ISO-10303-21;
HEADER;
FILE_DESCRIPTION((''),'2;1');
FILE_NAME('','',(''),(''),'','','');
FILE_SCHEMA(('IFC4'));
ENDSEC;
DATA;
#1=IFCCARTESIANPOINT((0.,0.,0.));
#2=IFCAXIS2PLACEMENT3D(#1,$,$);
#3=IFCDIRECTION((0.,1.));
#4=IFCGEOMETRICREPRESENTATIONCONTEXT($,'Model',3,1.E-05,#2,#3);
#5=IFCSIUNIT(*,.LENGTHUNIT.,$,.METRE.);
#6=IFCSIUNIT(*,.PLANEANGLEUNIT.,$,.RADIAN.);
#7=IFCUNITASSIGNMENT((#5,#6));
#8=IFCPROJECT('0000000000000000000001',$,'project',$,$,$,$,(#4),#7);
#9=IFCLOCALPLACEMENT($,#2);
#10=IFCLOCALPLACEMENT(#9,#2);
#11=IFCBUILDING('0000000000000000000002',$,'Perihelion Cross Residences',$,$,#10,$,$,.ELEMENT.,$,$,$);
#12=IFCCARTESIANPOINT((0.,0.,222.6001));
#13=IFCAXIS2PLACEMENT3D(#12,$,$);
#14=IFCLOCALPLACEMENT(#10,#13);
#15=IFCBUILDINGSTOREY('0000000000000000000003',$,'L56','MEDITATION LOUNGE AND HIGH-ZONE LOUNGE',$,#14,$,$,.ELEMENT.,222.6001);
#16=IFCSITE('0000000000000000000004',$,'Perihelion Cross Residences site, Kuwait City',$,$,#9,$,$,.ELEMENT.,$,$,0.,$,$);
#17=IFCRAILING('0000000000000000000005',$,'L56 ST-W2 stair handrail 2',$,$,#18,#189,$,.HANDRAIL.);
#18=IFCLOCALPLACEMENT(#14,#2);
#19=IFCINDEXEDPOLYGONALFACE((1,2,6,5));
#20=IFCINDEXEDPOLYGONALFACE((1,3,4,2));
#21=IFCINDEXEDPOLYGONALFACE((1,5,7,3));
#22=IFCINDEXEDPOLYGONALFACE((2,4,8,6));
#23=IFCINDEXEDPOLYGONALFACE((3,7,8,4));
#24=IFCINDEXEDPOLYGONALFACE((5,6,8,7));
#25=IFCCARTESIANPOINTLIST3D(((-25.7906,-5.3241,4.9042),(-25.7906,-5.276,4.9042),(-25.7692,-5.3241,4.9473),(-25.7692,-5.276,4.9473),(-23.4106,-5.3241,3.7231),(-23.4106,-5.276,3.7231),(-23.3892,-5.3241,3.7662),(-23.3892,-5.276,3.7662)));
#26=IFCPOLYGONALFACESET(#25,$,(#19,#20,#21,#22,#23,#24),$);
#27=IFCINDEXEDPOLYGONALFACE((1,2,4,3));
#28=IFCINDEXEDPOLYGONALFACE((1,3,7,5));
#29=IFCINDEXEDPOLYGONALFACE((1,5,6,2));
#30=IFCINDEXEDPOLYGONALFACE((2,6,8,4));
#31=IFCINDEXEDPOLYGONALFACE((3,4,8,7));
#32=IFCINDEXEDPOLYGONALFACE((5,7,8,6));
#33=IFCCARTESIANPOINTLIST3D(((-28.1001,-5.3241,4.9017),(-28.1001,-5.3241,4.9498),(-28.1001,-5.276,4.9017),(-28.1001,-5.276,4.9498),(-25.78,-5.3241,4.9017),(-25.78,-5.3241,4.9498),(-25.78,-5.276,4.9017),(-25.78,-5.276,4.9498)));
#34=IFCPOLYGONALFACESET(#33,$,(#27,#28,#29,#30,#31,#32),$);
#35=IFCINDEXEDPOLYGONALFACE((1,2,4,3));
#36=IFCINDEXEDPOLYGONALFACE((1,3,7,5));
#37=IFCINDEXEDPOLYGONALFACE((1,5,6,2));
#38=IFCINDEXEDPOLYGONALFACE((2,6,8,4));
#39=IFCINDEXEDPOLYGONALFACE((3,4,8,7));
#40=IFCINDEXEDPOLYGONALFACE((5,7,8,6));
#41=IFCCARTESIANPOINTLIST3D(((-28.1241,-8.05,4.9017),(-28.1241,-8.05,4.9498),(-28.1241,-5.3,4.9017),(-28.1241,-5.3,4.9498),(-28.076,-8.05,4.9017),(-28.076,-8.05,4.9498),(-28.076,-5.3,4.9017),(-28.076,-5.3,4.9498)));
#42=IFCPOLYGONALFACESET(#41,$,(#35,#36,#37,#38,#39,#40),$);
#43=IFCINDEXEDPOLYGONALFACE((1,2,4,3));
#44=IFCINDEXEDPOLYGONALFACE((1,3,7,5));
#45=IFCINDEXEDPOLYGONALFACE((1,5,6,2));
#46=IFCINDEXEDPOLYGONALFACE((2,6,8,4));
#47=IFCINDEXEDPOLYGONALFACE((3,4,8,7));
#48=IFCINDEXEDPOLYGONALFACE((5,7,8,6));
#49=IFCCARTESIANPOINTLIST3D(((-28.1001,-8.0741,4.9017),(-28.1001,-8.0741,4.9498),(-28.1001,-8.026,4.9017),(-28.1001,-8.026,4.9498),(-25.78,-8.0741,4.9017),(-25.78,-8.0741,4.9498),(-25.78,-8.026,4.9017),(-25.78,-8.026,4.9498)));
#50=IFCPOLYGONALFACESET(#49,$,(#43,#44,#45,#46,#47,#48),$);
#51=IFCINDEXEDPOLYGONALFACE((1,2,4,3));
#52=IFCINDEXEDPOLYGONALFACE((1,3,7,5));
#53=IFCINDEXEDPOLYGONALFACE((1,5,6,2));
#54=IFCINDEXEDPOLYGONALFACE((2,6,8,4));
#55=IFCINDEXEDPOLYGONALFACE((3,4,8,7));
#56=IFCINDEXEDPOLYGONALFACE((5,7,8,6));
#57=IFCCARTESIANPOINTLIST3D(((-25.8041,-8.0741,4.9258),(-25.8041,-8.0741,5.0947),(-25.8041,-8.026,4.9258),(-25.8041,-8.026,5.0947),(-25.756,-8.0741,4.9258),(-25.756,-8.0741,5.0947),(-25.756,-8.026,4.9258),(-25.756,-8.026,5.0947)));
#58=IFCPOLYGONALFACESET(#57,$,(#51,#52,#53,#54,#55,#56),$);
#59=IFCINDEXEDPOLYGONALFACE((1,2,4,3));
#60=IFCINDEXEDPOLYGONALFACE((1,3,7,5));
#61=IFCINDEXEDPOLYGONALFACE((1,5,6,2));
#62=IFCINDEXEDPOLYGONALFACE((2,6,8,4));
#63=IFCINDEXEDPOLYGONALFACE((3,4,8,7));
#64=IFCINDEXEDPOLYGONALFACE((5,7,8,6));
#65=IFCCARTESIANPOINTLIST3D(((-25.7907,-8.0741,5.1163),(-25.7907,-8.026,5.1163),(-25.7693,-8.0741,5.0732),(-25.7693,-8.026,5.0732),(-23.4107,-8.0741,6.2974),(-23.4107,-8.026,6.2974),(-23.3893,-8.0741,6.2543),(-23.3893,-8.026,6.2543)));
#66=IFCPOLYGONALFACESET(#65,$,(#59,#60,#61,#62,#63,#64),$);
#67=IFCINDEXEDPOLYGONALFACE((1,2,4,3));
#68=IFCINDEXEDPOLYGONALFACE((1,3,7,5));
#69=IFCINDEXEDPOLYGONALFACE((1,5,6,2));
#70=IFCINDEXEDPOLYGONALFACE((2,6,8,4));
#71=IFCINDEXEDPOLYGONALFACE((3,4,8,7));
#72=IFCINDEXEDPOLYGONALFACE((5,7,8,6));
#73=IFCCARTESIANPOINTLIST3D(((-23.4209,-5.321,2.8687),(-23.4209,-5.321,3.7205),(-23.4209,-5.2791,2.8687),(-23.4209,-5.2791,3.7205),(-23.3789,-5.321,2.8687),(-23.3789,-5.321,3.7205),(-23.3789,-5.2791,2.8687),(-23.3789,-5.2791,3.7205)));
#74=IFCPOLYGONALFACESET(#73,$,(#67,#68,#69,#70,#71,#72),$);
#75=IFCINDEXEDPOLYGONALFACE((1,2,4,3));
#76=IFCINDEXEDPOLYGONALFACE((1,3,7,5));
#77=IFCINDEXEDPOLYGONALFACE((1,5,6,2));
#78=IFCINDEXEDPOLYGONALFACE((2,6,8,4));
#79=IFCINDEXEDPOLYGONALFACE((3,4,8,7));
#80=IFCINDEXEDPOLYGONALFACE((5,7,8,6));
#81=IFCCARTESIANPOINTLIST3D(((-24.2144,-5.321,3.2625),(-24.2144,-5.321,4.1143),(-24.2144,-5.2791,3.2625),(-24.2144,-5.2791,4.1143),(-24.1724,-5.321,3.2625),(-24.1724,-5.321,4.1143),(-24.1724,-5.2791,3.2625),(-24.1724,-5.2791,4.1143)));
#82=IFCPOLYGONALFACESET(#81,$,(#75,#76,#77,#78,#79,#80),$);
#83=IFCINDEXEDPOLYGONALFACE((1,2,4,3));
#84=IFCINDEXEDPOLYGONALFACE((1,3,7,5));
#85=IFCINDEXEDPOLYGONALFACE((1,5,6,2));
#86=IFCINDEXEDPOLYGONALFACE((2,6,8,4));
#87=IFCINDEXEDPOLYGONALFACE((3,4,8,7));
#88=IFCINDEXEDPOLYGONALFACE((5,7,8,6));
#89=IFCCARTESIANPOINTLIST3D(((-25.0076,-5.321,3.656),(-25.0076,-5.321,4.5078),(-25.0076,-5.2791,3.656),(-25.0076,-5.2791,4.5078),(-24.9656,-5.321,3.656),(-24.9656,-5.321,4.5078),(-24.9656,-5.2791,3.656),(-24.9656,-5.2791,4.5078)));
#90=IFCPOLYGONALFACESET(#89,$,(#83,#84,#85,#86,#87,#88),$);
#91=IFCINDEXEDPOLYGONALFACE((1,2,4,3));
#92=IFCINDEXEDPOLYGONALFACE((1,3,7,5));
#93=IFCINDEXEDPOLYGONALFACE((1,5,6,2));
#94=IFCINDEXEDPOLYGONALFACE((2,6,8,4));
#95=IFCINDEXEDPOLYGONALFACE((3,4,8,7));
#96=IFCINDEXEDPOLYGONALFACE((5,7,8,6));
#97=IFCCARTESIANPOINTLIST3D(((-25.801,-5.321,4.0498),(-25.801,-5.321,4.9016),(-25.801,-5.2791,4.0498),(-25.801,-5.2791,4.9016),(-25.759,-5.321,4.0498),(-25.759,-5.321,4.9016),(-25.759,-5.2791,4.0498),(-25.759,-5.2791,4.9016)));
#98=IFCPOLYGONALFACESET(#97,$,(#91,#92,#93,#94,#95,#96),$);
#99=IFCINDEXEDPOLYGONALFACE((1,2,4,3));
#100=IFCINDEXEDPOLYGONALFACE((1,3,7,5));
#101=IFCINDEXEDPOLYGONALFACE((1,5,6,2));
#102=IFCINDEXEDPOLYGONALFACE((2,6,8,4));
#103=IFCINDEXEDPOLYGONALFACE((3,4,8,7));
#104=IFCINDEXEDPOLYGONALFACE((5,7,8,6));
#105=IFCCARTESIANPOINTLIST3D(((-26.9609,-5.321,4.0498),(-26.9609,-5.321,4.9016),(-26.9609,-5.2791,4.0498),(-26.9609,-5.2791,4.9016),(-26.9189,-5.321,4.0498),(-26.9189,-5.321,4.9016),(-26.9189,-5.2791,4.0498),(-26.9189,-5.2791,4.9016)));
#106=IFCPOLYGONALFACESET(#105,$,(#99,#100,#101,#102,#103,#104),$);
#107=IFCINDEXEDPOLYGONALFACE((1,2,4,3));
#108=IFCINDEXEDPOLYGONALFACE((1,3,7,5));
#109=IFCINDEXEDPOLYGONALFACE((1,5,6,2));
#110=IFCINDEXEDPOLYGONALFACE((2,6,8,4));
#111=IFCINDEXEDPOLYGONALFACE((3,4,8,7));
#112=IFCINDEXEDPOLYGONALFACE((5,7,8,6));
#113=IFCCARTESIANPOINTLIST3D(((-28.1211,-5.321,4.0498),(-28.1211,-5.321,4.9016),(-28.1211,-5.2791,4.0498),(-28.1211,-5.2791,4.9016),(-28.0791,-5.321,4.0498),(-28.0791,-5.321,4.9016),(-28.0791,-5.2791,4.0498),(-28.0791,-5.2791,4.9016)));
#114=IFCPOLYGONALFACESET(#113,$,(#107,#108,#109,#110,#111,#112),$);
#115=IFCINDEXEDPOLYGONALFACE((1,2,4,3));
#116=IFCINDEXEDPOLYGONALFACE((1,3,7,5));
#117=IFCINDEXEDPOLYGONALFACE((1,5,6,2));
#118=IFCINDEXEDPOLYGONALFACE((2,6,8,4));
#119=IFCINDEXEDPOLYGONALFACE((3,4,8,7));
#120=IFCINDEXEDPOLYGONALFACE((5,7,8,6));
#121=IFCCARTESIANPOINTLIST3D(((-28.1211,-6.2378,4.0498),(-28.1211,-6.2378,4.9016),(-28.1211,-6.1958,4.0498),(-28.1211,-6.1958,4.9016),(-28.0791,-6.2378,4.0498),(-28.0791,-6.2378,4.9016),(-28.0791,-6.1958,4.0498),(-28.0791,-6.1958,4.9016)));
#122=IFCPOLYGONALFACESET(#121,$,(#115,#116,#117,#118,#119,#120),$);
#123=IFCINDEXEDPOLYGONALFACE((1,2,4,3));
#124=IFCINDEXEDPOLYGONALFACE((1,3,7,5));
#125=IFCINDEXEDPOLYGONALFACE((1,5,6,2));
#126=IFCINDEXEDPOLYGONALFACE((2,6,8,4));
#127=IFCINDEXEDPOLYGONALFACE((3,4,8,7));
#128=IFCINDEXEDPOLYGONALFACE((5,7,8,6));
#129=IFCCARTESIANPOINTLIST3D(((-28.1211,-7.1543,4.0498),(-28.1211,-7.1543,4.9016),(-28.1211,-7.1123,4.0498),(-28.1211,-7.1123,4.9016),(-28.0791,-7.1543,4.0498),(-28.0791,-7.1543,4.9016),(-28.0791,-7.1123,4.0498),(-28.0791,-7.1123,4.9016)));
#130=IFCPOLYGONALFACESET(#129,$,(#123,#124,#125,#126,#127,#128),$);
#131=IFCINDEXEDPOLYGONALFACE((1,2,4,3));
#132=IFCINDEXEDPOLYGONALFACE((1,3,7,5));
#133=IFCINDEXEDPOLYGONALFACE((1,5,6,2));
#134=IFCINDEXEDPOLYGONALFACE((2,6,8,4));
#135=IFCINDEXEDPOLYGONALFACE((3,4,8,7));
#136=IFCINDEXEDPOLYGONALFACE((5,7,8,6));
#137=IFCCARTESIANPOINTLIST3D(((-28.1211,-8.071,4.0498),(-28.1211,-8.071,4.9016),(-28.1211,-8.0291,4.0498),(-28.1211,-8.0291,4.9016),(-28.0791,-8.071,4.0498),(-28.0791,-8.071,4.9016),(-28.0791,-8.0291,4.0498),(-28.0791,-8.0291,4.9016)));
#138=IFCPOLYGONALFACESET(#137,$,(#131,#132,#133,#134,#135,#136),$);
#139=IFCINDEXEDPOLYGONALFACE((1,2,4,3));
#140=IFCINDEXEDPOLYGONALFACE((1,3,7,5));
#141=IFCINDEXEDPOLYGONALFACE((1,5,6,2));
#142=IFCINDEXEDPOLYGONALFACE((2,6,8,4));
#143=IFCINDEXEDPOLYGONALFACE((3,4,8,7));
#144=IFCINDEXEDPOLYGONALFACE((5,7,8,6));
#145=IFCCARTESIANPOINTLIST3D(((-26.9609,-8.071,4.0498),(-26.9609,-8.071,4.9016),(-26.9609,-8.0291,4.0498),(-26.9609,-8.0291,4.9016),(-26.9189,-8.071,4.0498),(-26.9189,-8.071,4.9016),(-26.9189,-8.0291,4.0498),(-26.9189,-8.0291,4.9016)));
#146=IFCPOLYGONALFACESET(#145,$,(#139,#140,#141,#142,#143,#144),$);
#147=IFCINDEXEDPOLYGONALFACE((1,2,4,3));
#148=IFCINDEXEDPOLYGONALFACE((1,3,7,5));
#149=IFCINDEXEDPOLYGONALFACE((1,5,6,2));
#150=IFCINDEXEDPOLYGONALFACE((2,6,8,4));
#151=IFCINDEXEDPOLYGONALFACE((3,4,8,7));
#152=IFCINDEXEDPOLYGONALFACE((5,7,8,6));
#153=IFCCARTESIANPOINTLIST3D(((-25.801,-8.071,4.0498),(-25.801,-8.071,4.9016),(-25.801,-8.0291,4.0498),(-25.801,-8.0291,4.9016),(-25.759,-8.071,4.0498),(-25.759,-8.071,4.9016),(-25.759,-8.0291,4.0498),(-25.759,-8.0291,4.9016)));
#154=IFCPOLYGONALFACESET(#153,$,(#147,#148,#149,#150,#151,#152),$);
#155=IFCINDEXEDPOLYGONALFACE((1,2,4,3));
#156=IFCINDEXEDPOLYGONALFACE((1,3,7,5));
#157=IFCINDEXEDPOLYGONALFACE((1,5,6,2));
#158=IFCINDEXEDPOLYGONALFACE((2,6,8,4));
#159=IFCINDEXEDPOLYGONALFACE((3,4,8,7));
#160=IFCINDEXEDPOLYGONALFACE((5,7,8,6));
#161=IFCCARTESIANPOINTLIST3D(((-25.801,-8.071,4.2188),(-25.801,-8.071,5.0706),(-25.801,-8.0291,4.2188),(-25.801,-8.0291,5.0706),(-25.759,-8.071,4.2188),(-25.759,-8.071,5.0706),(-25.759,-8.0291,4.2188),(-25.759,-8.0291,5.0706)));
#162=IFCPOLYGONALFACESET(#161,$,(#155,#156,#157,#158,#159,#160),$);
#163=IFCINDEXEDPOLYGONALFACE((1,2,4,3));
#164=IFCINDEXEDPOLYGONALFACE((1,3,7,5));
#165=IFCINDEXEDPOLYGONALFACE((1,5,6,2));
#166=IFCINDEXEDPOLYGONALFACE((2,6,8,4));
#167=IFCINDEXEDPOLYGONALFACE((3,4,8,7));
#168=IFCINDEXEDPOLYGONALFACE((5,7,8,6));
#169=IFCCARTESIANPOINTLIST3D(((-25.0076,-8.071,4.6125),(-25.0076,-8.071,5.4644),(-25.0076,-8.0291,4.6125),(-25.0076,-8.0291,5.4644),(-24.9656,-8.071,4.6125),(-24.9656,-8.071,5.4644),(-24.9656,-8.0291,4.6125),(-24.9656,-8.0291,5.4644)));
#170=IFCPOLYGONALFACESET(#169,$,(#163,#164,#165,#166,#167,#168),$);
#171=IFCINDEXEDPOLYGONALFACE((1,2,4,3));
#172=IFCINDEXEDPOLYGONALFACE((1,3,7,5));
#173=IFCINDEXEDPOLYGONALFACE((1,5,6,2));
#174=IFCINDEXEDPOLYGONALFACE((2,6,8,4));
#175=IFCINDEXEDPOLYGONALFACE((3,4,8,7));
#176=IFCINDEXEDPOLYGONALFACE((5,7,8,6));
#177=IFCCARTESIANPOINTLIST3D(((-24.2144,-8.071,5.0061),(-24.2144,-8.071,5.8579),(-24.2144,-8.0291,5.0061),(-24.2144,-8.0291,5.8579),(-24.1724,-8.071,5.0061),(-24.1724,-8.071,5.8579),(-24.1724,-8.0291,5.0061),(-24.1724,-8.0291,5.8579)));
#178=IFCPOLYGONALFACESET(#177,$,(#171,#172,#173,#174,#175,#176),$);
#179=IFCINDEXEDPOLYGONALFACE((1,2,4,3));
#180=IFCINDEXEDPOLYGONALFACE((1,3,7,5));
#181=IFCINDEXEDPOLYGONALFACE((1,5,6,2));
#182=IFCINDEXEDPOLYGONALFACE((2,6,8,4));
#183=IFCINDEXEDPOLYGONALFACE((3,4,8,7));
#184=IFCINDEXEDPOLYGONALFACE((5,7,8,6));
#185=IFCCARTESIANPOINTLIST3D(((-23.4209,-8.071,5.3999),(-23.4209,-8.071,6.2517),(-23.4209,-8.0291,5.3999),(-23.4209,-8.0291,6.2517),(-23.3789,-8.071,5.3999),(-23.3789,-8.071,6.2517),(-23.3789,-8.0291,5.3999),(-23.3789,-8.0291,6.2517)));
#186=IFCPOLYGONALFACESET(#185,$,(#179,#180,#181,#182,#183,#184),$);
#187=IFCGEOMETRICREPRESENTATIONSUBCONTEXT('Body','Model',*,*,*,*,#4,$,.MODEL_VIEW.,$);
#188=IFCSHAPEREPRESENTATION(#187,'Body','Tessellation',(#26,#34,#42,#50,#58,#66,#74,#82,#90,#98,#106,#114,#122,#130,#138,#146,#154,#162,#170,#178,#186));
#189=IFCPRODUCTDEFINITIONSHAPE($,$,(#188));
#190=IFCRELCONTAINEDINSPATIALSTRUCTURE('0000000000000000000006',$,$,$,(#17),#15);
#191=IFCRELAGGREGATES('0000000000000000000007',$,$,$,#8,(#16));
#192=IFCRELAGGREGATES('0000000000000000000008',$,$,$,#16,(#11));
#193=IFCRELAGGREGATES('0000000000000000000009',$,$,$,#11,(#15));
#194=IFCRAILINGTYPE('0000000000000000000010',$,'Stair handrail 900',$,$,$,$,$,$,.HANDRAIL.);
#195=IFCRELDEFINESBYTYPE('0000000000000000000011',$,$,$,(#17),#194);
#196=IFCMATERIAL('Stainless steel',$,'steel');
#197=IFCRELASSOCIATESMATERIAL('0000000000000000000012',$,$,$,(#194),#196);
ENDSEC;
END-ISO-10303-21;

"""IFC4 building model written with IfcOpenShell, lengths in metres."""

from ifc_helpers import new_model, si_unit, direction, frame, origin, origin_2d, place, context, subcontext, project, spatial, rectangle, extrude, material, type_object, element, save


model = new_model("IFC4")

# Units and contexts
model_context = context("Model", 3, precision=1e-05, world=origin(), true_north=direction((0.0, 1.0)))
body_context = subcontext(model_context, "Body", "Model", "MODEL_VIEW")
ifc_project = project(units=[si_unit("LENGTHUNIT", "METRE"), si_unit("PLANEANGLEUNIT", "RADIAN")], contexts=[model_context])

# Site, building, storey
site_placement = place(None, origin())
site = spatial("IfcSite", under=ifc_project, at=site_placement, Name="Perihelion Cross Residences site, Kuwait City", CompositionType="ELEMENT", RefElevation=0.0)
building_placement = place(site_placement, origin())
building = spatial("IfcBuilding", under=site, at=building_placement, Name="Perihelion Cross Residences", CompositionType="ELEMENT")
storey_placement = place(building_placement, frame((0.0, 0.0, 222.6001)))
storey = spatial("IfcBuildingStorey", under=building, at=storey_placement, Name="L56", Description="MEDITATION LOUNGE AND HIGH-ZONE LOUNGE", CompositionType="ELEMENT", Elevation=222.6001)

# Railing
ifc_material_1 = material(Name="Stainless steel", Category="steel")
railing_type_1 = type_object("IfcRailingType", Name="Stair handrail 900", PredefinedType="HANDRAIL", material=ifc_material_1)
railing_1_placement = place(storey_placement, frame((-23.3999, -5.3, 2.8687)))
element("IfcRailing", 1, at=railing_1_placement, inside=storey, type_object=railing_type_1, Name="L56 ST-W2 stair handrail 2", PredefinedType="HANDRAIL", context=body_context, shape_type="SweptSolid", body=[
    extrude(rectangle(XDim=0.0481, YDim=0.0481, at=origin_2d()), frame((0.0, 0.0, 0.876), z_axis=(-0.895765, 0.0, 0.444529), x_axis=(0.0, -1.0, 0.0)), (0.0, 0.0, 1.0), 2.657),
    extrude(rectangle(XDim=0.0481, YDim=0.0481, at=origin_2d()), frame((-2.3801, 0.0, 2.0571), z_axis=(-1.0, 0.0, 0.0), x_axis=(0.0, -1.0, 0.0)), (0.0, 0.0, 1.0), 2.3201),
    extrude(rectangle(XDim=0.0481, YDim=0.0481, at=origin_2d()), frame((-4.7002, 0.0, 2.0571), z_axis=(0.0, -1.0, 0.0), x_axis=(1.0, 0.0, 0.0)), (0.0, 0.0, 1.0), 2.75),
    extrude(rectangle(XDim=0.0481, YDim=0.0481, at=origin_2d()), frame((-4.7002, -2.75, 2.0571), z_axis=(1.0, 0.0, 0.0), x_axis=(0.0, 1.0, 0.0)), (0.0, 0.0, 1.0), 2.3201),
    extrude(rectangle(XDim=0.0481, YDim=0.0481, at=origin_2d()), frame((-2.3801, -2.75, 2.0571), z_axis=(0.0, 0.0, 1.0), x_axis=(1.0, 0.0, 0.0)), (0.0, 0.0, 1.0), 0.1689),
    extrude(rectangle(XDim=0.0481, YDim=0.0481, at=origin_2d()), frame((-2.3801, -2.75, 2.2261), z_axis=(0.895765, 0.0, 0.444529), x_axis=(0.0, 1.0, 0.0)), (0.0, 0.0, 1.0), 2.657),
    extrude(rectangle(XDim=0.042, YDim=0.042, at=origin_2d()), origin(), (0.0, 0.0, 1.0), 0.8518),
    extrude(rectangle(XDim=0.042, YDim=0.042, at=origin_2d()), frame((-0.7935, 0.0, 0.3938)), (0.0, 0.0, 1.0), 0.8518),
    extrude(rectangle(XDim=0.042, YDim=0.042, at=origin_2d()), frame((-1.5867, 0.0, 0.7874)), (0.0, 0.0, 1.0), 0.8518),
    extrude(rectangle(XDim=0.042, YDim=0.042, at=origin_2d()), frame((-2.3801, 0.0, 1.1812)), (0.0, 0.0, 1.0), 0.8518),
    extrude(rectangle(XDim=0.042, YDim=0.042, at=origin_2d()), frame((-3.54, 0.0, 1.1812)), (0.0, 0.0, 1.0), 0.8518),
    extrude(rectangle(XDim=0.042, YDim=0.042, at=origin_2d()), frame((-4.7002, 0.0, 1.1812)), (0.0, 0.0, 1.0), 0.8518),
    extrude(rectangle(XDim=0.042, YDim=0.042, at=origin_2d()), frame((-4.7002, -0.9167, 1.1812)), (0.0, 0.0, 1.0), 0.8518),
    extrude(rectangle(XDim=0.042, YDim=0.042, at=origin_2d()), frame((-4.7002, -1.8333, 1.1812)), (0.0, 0.0, 1.0), 0.8518),
    extrude(rectangle(XDim=0.042, YDim=0.042, at=origin_2d()), frame((-4.7002, -2.75, 1.1812)), (0.0, 0.0, 1.0), 0.8518),
    extrude(rectangle(XDim=0.042, YDim=0.042, at=origin_2d()), frame((-3.54, -2.75, 1.1812)), (0.0, 0.0, 1.0), 0.8518),
    extrude(rectangle(XDim=0.042, YDim=0.042, at=origin_2d()), frame((-2.3801, -2.75, 1.1812)), (0.0, 0.0, 1.0), 0.8518),
    extrude(rectangle(XDim=0.042, YDim=0.042, at=origin_2d()), frame((-2.3801, -2.75, 1.3501)), (0.0, 0.0, 1.0), 0.8518),
    extrude(rectangle(XDim=0.042, YDim=0.042, at=origin_2d()), frame((-1.5867, -2.75, 1.7439)), (0.0, 0.0, 1.0), 0.8518),
    extrude(rectangle(XDim=0.042, YDim=0.042, at=origin_2d()), frame((-0.7935, -2.75, 2.1375)), (0.0, 0.0, 1.0), 0.8518),
    extrude(rectangle(XDim=0.042, YDim=0.042, at=origin_2d()), frame((0.0, -2.75, 2.5312)), (0.0, 0.0, 1.0), 0.8518),
])

save(model, "model.ifc")
